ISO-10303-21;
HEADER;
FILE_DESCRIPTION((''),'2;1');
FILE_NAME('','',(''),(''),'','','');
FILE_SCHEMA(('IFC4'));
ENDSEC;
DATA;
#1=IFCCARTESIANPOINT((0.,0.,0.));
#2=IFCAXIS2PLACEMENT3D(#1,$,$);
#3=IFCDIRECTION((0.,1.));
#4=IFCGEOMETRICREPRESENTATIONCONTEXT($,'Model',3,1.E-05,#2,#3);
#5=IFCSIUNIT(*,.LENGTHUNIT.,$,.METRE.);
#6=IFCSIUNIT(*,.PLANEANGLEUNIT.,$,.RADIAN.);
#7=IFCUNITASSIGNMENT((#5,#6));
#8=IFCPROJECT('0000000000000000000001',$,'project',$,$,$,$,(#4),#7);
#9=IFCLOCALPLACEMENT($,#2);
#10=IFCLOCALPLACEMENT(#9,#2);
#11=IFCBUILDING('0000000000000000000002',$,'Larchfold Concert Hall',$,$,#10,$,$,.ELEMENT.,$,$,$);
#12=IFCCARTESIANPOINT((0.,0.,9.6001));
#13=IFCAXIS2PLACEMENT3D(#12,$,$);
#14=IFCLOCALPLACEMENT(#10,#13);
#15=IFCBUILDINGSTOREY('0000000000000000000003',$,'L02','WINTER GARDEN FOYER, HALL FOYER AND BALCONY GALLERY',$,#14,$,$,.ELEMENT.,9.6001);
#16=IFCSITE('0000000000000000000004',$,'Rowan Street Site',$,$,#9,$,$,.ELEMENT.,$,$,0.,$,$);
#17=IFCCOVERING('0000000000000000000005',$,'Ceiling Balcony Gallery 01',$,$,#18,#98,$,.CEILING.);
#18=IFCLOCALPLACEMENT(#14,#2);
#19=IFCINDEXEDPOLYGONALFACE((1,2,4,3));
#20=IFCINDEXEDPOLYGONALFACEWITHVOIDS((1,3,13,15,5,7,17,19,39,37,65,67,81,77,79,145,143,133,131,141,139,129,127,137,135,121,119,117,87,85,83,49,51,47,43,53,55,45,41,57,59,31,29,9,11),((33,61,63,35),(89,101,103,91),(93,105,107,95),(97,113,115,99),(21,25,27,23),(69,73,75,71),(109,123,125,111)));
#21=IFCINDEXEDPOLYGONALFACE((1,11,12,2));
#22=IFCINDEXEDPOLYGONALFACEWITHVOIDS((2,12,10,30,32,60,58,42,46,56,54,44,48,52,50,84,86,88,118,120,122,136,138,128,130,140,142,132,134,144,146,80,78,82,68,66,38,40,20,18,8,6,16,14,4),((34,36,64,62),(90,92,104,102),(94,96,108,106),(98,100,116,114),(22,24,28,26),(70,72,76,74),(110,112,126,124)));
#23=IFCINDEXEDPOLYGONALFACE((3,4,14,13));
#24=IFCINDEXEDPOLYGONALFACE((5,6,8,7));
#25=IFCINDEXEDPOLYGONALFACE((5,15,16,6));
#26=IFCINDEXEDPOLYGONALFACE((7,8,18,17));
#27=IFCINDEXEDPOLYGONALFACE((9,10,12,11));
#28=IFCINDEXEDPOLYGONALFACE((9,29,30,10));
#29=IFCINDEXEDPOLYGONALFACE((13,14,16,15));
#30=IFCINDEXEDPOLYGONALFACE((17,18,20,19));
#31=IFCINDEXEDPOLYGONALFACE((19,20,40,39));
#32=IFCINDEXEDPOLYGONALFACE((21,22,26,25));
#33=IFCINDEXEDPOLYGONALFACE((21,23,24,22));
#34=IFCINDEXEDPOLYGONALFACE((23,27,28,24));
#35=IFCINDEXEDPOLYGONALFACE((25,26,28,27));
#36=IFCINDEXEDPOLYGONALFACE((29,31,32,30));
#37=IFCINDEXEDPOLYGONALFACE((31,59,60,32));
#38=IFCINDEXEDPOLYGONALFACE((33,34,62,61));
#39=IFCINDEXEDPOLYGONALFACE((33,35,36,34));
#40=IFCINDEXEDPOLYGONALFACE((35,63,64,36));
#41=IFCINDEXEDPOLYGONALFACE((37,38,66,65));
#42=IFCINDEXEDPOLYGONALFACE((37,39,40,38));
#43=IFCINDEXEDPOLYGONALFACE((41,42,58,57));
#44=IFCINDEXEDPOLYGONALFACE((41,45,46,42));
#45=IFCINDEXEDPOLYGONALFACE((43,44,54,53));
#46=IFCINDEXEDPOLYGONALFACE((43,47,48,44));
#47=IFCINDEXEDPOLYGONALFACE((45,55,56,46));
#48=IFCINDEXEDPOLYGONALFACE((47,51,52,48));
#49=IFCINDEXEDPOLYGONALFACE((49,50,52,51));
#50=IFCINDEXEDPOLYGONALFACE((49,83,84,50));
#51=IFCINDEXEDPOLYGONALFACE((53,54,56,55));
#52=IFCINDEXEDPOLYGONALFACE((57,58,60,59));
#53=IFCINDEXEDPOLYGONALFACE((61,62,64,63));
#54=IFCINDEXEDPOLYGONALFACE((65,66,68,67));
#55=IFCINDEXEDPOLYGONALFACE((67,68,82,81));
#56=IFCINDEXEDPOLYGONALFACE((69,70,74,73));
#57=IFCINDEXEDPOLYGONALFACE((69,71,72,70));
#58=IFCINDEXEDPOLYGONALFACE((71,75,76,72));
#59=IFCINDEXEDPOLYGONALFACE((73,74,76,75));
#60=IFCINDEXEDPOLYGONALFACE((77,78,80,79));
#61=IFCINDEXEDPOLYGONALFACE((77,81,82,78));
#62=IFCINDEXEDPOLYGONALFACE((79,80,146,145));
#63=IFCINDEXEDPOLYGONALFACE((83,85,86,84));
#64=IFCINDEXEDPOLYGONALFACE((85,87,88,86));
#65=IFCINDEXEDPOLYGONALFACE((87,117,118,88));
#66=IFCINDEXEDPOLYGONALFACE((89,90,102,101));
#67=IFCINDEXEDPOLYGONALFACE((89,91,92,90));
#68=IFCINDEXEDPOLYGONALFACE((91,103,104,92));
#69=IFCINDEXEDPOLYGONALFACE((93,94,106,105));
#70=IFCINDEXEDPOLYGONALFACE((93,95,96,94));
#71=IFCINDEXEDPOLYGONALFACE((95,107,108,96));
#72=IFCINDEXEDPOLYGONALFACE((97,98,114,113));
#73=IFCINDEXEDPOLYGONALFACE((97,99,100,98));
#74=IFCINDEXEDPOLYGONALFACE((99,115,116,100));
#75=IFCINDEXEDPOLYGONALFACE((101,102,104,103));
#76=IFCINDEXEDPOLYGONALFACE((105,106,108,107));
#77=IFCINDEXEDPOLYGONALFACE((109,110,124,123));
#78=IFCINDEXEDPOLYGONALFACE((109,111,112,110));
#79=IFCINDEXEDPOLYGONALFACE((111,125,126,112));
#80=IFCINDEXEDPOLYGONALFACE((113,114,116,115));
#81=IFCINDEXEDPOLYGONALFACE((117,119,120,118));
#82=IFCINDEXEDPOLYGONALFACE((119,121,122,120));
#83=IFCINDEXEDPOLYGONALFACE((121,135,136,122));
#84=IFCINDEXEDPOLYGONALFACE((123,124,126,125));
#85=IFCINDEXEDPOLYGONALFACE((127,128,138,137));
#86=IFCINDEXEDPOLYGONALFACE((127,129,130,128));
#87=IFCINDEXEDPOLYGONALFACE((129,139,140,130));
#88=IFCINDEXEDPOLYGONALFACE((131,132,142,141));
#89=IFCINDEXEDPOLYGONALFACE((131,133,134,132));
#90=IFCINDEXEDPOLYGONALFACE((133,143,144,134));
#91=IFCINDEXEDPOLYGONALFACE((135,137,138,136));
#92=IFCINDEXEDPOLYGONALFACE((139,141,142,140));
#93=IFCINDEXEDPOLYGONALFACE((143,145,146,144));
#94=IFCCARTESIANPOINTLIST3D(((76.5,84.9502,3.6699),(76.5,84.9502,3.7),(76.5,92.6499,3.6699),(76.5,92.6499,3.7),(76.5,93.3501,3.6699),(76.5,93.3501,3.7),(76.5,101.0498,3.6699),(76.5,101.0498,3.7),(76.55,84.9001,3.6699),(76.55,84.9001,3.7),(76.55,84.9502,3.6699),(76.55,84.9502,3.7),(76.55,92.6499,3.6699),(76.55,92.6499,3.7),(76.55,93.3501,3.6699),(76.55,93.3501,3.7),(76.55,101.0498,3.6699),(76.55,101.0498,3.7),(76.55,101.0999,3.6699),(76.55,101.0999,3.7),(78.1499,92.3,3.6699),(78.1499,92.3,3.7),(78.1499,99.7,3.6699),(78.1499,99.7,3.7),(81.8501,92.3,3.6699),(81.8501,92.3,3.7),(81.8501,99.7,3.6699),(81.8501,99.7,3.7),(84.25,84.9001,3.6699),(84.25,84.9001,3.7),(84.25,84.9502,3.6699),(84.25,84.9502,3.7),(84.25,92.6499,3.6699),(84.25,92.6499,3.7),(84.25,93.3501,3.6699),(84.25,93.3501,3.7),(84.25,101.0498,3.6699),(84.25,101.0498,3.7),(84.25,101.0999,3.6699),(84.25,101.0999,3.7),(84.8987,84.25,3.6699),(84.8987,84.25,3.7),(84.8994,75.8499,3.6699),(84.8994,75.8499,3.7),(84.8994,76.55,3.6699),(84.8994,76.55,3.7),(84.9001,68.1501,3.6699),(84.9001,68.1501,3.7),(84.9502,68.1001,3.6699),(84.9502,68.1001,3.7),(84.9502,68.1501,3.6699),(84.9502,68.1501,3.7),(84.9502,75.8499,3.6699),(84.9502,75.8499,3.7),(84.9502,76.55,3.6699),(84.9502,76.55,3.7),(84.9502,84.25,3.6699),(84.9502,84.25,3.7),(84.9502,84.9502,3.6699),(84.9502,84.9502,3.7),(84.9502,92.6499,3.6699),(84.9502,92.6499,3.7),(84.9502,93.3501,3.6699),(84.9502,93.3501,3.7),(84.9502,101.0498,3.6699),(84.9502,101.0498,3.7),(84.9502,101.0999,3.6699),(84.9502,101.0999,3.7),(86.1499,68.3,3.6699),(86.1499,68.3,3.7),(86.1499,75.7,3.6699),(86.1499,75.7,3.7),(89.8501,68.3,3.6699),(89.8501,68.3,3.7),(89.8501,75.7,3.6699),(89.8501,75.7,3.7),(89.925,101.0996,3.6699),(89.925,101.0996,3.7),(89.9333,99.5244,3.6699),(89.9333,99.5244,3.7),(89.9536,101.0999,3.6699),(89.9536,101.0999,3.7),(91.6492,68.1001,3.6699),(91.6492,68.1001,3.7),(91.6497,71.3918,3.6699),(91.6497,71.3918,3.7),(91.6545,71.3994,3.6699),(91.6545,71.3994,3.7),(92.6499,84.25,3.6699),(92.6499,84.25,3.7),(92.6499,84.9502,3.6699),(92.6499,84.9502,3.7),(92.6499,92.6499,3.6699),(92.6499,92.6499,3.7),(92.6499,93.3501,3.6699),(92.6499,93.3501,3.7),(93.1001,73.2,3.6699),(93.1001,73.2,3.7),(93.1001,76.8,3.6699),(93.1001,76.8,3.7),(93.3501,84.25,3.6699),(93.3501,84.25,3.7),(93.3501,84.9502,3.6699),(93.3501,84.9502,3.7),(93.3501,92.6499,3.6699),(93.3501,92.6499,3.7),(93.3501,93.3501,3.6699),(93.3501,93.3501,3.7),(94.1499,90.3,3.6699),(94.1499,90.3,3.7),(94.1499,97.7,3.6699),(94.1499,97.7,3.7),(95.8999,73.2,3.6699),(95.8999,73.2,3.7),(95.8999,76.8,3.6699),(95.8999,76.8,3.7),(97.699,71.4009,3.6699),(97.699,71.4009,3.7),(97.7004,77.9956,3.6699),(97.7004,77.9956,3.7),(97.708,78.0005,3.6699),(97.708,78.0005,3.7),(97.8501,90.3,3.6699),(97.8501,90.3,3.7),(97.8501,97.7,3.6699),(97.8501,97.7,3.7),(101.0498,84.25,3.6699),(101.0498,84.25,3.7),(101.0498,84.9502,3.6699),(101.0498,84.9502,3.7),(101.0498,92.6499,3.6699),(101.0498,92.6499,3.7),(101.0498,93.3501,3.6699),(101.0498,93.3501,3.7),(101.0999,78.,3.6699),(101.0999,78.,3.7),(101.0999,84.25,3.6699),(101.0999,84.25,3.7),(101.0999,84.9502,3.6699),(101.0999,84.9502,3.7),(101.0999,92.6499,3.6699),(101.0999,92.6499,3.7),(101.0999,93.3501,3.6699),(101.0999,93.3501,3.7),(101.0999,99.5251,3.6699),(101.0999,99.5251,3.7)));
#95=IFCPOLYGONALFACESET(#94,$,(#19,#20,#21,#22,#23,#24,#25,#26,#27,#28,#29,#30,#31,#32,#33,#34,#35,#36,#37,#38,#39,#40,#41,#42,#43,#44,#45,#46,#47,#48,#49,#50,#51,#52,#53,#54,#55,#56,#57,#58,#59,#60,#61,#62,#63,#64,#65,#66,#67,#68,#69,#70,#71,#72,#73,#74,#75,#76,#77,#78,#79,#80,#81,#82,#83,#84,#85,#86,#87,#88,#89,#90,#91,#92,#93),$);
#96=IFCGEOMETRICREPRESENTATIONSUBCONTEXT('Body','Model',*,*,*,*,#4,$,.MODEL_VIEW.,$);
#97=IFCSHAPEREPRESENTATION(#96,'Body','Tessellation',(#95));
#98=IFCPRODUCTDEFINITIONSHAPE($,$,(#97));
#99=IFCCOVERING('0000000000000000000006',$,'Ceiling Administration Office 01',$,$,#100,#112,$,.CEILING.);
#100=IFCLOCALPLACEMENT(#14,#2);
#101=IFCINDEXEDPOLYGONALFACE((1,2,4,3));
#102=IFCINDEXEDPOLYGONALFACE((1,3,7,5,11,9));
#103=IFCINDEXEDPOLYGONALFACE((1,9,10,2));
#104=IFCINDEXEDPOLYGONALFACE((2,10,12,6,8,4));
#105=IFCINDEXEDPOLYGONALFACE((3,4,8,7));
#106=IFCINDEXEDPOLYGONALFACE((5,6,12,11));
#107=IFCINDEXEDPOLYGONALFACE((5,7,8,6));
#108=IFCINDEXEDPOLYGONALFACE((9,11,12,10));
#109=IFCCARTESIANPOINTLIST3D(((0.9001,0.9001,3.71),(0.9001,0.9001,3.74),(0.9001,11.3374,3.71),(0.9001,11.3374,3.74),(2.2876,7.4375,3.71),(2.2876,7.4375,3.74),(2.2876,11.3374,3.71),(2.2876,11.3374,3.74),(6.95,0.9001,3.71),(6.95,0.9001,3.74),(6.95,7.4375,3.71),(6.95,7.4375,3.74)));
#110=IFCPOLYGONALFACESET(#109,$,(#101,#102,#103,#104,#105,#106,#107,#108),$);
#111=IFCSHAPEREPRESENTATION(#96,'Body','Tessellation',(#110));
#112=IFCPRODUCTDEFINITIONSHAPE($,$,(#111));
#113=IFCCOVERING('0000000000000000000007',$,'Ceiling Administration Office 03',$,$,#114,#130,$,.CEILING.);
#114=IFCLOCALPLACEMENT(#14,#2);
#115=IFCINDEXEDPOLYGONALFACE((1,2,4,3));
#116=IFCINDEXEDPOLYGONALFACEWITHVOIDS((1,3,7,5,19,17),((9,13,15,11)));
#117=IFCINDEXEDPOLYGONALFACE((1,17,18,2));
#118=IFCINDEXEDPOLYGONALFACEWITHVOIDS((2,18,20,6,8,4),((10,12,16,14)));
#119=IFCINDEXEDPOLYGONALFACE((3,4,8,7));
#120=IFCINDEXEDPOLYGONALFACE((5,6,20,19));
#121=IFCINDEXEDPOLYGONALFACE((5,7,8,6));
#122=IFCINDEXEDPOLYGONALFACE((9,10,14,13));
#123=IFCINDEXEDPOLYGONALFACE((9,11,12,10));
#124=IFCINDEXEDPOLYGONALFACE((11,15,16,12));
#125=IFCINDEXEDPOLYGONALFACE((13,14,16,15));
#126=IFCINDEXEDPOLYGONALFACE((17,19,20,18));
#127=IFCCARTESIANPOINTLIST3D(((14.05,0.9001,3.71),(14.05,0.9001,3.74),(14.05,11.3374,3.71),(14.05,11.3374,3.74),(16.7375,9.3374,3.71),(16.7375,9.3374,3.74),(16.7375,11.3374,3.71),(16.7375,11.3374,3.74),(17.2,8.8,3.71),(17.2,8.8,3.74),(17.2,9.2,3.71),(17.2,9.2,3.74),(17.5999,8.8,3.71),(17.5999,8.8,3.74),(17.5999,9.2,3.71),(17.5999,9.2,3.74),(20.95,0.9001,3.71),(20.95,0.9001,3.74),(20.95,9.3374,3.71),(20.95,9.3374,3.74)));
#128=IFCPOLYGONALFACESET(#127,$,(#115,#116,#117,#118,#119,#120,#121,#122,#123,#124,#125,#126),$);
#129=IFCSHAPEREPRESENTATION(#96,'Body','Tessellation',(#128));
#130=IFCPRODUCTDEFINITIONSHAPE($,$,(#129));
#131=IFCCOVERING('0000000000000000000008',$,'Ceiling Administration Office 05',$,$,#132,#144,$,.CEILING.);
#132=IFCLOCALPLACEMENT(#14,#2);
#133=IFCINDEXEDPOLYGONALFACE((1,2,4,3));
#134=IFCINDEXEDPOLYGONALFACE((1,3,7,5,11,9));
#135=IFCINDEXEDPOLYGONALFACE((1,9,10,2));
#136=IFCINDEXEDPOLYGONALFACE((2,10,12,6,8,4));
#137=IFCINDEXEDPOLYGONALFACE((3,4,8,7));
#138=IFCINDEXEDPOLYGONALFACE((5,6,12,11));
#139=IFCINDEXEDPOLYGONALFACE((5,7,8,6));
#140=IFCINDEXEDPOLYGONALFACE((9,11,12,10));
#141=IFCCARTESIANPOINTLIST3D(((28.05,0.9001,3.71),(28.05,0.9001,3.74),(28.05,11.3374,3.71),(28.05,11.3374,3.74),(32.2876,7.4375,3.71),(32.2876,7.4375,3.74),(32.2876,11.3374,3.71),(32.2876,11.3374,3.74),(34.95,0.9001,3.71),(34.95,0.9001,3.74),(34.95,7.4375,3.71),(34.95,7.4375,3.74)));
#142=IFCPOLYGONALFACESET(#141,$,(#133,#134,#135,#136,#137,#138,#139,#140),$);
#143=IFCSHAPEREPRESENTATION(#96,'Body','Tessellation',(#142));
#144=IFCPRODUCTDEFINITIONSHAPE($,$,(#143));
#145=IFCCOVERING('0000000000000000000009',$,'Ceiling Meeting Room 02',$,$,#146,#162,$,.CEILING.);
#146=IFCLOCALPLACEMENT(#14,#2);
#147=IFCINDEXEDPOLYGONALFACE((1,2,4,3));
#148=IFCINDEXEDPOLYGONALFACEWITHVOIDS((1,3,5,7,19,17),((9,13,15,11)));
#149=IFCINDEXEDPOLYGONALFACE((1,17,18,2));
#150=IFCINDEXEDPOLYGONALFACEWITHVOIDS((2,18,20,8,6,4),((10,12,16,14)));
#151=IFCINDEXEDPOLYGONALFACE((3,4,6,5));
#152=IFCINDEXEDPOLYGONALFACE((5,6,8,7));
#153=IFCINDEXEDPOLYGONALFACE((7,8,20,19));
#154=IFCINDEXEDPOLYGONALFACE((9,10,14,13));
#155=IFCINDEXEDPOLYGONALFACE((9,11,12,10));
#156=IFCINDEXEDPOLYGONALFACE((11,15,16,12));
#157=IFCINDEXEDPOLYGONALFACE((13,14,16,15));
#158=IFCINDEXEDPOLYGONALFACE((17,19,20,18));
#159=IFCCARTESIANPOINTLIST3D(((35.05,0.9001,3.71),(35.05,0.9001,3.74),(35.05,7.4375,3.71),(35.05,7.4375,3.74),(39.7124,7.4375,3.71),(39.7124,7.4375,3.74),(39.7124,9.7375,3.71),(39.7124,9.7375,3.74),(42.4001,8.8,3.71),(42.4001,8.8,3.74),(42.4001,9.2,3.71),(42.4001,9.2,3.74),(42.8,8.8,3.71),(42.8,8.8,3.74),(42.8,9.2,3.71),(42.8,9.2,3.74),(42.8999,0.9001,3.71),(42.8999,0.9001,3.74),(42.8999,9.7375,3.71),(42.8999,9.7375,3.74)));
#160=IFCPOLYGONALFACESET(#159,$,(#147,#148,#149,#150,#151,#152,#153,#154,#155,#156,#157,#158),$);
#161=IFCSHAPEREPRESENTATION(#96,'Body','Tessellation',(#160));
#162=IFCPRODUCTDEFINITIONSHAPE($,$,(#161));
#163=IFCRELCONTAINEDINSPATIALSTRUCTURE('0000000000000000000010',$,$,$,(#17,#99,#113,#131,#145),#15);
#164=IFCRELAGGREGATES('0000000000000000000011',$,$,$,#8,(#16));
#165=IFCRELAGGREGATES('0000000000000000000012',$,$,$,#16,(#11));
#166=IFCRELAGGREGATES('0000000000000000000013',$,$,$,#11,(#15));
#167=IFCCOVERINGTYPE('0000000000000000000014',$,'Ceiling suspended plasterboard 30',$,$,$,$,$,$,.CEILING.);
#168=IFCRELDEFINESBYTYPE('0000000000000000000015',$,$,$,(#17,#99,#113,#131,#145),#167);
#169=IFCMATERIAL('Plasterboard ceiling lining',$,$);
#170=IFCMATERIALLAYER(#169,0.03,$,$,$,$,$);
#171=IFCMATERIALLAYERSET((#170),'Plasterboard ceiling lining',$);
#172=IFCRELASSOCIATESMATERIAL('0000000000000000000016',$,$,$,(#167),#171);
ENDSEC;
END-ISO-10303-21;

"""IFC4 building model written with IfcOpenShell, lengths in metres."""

from ifc_helpers import new_model, si_unit, direction, frame, origin, place, context, subcontext, project, spatial, polyline, outline, extrude, material, layer, layer_set, type_object, element, save


model = new_model("IFC4")

# Units and contexts
model_context = context("Model", 3, precision=1e-05, world=origin(), true_north=direction((0.0, 1.0)))
body_context = subcontext(model_context, "Body", "Model", "MODEL_VIEW")
ifc_project = project(units=[si_unit("LENGTHUNIT", "METRE"), si_unit("PLANEANGLEUNIT", "RADIAN")], contexts=[model_context])

# Site, building, storey
site_placement = place(None, origin())
site = spatial("IfcSite", under=ifc_project, at=site_placement, Name="Rowan Street Site", CompositionType="ELEMENT", RefElevation=0.0)
building_placement = place(site_placement, origin())
building = spatial("IfcBuilding", under=site, at=building_placement, Name="Larchfold Concert Hall", CompositionType="ELEMENT")
storey_placement = place(building_placement, frame((0.0, 0.0, 9.6001)))
storey = spatial("IfcBuildingStorey", under=building, at=storey_placement, Name="L02", Description="WINTER GARDEN FOYER, HALL FOYER AND BALCONY GALLERY", CompositionType="ELEMENT", Elevation=9.6001)

# Coverings
ifc_material_1 = material(Name="Plasterboard ceiling lining")
ifc_layer_1 = layer(ifc_material_1, 0.03)
ifc_layer_set_1 = layer_set([ifc_layer_1], Name="Plasterboard ceiling lining")
covering_type_1 = type_object("IfcCoveringType", Name="Ceiling suspended plasterboard 30", PredefinedType="CEILING", material=ifc_layer_set_1)
covering_1_placement = place(storey_placement, frame((0.0, 0.0, 3.6699)))
element("IfcCovering", 1, at=covering_1_placement, inside=storey, type_object=covering_type_1, Name="Ceiling Balcony Gallery 01", PredefinedType="CEILING", context=body_context, shape_type="SweptSolid", body=[
    extrude(outline(polyline([(76.5, 92.6499), (76.5, 84.9502), (76.55, 84.9502), (76.55, 84.9001), (84.25, 84.9001), (84.25, 84.9502), (84.9502, 84.9502), (84.9502, 84.25), (84.8987, 84.25), (84.8994, 76.55), (84.9502, 76.55), (84.9502, 75.8499), (84.8994, 75.8499), (84.9001, 68.1501), (84.9502, 68.1501), (84.9502, 68.1001), (91.6492, 68.1001), (91.6497, 71.3918), (91.6545, 71.3994), (97.699, 71.4009), (97.7004, 77.9956), (97.708, 78.0005), (101.0999, 78.0), (101.0999, 84.25), (101.0498, 84.25), (101.0498, 84.9502), (101.0999, 84.9502), (101.0999, 92.6499), (101.0498, 92.6499), (101.0498, 93.3501), (101.0999, 93.3501), (101.0999, 99.5251), (89.9333, 99.5244), (89.925, 101.0996), (89.9536, 101.0999), (84.9502, 101.0999), (84.9502, 101.0498), (84.25, 101.0498), (84.25, 101.0999), (76.55, 101.0999), (76.55, 101.0498), (76.5, 101.0498), (76.5, 93.3501), (76.55, 93.3501), (76.55, 92.6499), (76.5, 92.6499)]), holes=[polyline([(94.1499, 90.3), (94.1499, 97.7), (97.8501, 97.7), (97.8501, 90.3), (94.1499, 90.3)]), polyline([(93.1001, 73.2), (93.1001, 76.8), (95.8999, 76.8), (95.8999, 73.2), (93.1001, 73.2)]), polyline([(92.6499, 92.6499), (92.6499, 93.3501), (93.3501, 93.3501), (93.3501, 92.6499), (92.6499, 92.6499)]), polyline([(93.3501, 84.25), (92.6499, 84.25), (92.6499, 84.9502), (93.3501, 84.9502), (93.3501, 84.25)]), polyline([(86.1499, 68.3), (86.1499, 75.7), (89.8501, 75.7), (89.8501, 68.3), (86.1499, 68.3)]), polyline([(84.9502, 92.6499), (84.25, 92.6499), (84.25, 93.3501), (84.9502, 93.3501), (84.9502, 92.6499)]), polyline([(78.1499, 92.3), (78.1499, 99.7), (81.8501, 99.7), (81.8501, 92.3), (78.1499, 92.3)])]), origin(), (0.0, 0.0, 1.0), 0.03),
])
covering_2_placement = place(storey_placement, frame((0.0, 0.0, 3.71)))
element("IfcCovering", 2, at=covering_2_placement, inside=storey, type_object=covering_type_1, Name="Ceiling Administration Office 01", PredefinedType="CEILING", context=body_context, shape_type="SweptSolid", body=[
    extrude(outline(polyline([(0.9001, 0.9001), (6.95, 0.9001), (6.95, 7.4375), (2.2876, 7.4375), (2.2876, 11.3374), (0.9001, 11.3374), (0.9001, 0.9001)])), origin(), (0.0, 0.0, 1.0), 0.03),
])
covering_3_placement = place(storey_placement, frame((0.0, 0.0, 3.71)))
element("IfcCovering", 3, at=covering_3_placement, inside=storey, type_object=covering_type_1, Name="Ceiling Administration Office 03", PredefinedType="CEILING", context=body_context, shape_type="SweptSolid", body=[
    extrude(outline(polyline([(14.05, 0.9001), (20.95, 0.9001), (20.95, 9.3374), (16.7375, 9.3374), (16.7375, 11.3374), (14.05, 11.3374), (14.05, 0.9001)]), holes=[polyline([(17.5999, 8.8), (17.2, 8.8), (17.2, 9.2), (17.5999, 9.2), (17.5999, 8.8)])]), origin(), (0.0, 0.0, 1.0), 0.03),
])
covering_4_placement = place(storey_placement, frame((0.0, 0.0, 3.71)))
element("IfcCovering", 4, at=covering_4_placement, inside=storey, type_object=covering_type_1, Name="Ceiling Administration Office 05", PredefinedType="CEILING", context=body_context, shape_type="SweptSolid", body=[
    extrude(outline(polyline([(28.05, 0.9001), (34.95, 0.9001), (34.95, 7.4375), (32.2876, 7.4375), (32.2876, 11.3374), (28.05, 11.3374), (28.05, 0.9001)])), origin(), (0.0, 0.0, 1.0), 0.03),
])
covering_5_placement = place(storey_placement, frame((0.0, 0.0, 3.71)))
element("IfcCovering", 5, at=covering_5_placement, inside=storey, type_object=covering_type_1, Name="Ceiling Meeting Room 02", PredefinedType="CEILING", context=body_context, shape_type="SweptSolid", body=[
    extrude(outline(polyline([(35.05, 0.9001), (42.8999, 0.9001), (42.8999, 9.7375), (39.7124, 9.7375), (39.7124, 7.4375), (35.05, 7.4375), (35.05, 0.9001)]), holes=[polyline([(42.8, 8.8), (42.4001, 8.8), (42.4001, 9.2), (42.8, 9.2), (42.8, 8.8)])]), origin(), (0.0, 0.0, 1.0), 0.03),
])

save(model, "model.ifc")
